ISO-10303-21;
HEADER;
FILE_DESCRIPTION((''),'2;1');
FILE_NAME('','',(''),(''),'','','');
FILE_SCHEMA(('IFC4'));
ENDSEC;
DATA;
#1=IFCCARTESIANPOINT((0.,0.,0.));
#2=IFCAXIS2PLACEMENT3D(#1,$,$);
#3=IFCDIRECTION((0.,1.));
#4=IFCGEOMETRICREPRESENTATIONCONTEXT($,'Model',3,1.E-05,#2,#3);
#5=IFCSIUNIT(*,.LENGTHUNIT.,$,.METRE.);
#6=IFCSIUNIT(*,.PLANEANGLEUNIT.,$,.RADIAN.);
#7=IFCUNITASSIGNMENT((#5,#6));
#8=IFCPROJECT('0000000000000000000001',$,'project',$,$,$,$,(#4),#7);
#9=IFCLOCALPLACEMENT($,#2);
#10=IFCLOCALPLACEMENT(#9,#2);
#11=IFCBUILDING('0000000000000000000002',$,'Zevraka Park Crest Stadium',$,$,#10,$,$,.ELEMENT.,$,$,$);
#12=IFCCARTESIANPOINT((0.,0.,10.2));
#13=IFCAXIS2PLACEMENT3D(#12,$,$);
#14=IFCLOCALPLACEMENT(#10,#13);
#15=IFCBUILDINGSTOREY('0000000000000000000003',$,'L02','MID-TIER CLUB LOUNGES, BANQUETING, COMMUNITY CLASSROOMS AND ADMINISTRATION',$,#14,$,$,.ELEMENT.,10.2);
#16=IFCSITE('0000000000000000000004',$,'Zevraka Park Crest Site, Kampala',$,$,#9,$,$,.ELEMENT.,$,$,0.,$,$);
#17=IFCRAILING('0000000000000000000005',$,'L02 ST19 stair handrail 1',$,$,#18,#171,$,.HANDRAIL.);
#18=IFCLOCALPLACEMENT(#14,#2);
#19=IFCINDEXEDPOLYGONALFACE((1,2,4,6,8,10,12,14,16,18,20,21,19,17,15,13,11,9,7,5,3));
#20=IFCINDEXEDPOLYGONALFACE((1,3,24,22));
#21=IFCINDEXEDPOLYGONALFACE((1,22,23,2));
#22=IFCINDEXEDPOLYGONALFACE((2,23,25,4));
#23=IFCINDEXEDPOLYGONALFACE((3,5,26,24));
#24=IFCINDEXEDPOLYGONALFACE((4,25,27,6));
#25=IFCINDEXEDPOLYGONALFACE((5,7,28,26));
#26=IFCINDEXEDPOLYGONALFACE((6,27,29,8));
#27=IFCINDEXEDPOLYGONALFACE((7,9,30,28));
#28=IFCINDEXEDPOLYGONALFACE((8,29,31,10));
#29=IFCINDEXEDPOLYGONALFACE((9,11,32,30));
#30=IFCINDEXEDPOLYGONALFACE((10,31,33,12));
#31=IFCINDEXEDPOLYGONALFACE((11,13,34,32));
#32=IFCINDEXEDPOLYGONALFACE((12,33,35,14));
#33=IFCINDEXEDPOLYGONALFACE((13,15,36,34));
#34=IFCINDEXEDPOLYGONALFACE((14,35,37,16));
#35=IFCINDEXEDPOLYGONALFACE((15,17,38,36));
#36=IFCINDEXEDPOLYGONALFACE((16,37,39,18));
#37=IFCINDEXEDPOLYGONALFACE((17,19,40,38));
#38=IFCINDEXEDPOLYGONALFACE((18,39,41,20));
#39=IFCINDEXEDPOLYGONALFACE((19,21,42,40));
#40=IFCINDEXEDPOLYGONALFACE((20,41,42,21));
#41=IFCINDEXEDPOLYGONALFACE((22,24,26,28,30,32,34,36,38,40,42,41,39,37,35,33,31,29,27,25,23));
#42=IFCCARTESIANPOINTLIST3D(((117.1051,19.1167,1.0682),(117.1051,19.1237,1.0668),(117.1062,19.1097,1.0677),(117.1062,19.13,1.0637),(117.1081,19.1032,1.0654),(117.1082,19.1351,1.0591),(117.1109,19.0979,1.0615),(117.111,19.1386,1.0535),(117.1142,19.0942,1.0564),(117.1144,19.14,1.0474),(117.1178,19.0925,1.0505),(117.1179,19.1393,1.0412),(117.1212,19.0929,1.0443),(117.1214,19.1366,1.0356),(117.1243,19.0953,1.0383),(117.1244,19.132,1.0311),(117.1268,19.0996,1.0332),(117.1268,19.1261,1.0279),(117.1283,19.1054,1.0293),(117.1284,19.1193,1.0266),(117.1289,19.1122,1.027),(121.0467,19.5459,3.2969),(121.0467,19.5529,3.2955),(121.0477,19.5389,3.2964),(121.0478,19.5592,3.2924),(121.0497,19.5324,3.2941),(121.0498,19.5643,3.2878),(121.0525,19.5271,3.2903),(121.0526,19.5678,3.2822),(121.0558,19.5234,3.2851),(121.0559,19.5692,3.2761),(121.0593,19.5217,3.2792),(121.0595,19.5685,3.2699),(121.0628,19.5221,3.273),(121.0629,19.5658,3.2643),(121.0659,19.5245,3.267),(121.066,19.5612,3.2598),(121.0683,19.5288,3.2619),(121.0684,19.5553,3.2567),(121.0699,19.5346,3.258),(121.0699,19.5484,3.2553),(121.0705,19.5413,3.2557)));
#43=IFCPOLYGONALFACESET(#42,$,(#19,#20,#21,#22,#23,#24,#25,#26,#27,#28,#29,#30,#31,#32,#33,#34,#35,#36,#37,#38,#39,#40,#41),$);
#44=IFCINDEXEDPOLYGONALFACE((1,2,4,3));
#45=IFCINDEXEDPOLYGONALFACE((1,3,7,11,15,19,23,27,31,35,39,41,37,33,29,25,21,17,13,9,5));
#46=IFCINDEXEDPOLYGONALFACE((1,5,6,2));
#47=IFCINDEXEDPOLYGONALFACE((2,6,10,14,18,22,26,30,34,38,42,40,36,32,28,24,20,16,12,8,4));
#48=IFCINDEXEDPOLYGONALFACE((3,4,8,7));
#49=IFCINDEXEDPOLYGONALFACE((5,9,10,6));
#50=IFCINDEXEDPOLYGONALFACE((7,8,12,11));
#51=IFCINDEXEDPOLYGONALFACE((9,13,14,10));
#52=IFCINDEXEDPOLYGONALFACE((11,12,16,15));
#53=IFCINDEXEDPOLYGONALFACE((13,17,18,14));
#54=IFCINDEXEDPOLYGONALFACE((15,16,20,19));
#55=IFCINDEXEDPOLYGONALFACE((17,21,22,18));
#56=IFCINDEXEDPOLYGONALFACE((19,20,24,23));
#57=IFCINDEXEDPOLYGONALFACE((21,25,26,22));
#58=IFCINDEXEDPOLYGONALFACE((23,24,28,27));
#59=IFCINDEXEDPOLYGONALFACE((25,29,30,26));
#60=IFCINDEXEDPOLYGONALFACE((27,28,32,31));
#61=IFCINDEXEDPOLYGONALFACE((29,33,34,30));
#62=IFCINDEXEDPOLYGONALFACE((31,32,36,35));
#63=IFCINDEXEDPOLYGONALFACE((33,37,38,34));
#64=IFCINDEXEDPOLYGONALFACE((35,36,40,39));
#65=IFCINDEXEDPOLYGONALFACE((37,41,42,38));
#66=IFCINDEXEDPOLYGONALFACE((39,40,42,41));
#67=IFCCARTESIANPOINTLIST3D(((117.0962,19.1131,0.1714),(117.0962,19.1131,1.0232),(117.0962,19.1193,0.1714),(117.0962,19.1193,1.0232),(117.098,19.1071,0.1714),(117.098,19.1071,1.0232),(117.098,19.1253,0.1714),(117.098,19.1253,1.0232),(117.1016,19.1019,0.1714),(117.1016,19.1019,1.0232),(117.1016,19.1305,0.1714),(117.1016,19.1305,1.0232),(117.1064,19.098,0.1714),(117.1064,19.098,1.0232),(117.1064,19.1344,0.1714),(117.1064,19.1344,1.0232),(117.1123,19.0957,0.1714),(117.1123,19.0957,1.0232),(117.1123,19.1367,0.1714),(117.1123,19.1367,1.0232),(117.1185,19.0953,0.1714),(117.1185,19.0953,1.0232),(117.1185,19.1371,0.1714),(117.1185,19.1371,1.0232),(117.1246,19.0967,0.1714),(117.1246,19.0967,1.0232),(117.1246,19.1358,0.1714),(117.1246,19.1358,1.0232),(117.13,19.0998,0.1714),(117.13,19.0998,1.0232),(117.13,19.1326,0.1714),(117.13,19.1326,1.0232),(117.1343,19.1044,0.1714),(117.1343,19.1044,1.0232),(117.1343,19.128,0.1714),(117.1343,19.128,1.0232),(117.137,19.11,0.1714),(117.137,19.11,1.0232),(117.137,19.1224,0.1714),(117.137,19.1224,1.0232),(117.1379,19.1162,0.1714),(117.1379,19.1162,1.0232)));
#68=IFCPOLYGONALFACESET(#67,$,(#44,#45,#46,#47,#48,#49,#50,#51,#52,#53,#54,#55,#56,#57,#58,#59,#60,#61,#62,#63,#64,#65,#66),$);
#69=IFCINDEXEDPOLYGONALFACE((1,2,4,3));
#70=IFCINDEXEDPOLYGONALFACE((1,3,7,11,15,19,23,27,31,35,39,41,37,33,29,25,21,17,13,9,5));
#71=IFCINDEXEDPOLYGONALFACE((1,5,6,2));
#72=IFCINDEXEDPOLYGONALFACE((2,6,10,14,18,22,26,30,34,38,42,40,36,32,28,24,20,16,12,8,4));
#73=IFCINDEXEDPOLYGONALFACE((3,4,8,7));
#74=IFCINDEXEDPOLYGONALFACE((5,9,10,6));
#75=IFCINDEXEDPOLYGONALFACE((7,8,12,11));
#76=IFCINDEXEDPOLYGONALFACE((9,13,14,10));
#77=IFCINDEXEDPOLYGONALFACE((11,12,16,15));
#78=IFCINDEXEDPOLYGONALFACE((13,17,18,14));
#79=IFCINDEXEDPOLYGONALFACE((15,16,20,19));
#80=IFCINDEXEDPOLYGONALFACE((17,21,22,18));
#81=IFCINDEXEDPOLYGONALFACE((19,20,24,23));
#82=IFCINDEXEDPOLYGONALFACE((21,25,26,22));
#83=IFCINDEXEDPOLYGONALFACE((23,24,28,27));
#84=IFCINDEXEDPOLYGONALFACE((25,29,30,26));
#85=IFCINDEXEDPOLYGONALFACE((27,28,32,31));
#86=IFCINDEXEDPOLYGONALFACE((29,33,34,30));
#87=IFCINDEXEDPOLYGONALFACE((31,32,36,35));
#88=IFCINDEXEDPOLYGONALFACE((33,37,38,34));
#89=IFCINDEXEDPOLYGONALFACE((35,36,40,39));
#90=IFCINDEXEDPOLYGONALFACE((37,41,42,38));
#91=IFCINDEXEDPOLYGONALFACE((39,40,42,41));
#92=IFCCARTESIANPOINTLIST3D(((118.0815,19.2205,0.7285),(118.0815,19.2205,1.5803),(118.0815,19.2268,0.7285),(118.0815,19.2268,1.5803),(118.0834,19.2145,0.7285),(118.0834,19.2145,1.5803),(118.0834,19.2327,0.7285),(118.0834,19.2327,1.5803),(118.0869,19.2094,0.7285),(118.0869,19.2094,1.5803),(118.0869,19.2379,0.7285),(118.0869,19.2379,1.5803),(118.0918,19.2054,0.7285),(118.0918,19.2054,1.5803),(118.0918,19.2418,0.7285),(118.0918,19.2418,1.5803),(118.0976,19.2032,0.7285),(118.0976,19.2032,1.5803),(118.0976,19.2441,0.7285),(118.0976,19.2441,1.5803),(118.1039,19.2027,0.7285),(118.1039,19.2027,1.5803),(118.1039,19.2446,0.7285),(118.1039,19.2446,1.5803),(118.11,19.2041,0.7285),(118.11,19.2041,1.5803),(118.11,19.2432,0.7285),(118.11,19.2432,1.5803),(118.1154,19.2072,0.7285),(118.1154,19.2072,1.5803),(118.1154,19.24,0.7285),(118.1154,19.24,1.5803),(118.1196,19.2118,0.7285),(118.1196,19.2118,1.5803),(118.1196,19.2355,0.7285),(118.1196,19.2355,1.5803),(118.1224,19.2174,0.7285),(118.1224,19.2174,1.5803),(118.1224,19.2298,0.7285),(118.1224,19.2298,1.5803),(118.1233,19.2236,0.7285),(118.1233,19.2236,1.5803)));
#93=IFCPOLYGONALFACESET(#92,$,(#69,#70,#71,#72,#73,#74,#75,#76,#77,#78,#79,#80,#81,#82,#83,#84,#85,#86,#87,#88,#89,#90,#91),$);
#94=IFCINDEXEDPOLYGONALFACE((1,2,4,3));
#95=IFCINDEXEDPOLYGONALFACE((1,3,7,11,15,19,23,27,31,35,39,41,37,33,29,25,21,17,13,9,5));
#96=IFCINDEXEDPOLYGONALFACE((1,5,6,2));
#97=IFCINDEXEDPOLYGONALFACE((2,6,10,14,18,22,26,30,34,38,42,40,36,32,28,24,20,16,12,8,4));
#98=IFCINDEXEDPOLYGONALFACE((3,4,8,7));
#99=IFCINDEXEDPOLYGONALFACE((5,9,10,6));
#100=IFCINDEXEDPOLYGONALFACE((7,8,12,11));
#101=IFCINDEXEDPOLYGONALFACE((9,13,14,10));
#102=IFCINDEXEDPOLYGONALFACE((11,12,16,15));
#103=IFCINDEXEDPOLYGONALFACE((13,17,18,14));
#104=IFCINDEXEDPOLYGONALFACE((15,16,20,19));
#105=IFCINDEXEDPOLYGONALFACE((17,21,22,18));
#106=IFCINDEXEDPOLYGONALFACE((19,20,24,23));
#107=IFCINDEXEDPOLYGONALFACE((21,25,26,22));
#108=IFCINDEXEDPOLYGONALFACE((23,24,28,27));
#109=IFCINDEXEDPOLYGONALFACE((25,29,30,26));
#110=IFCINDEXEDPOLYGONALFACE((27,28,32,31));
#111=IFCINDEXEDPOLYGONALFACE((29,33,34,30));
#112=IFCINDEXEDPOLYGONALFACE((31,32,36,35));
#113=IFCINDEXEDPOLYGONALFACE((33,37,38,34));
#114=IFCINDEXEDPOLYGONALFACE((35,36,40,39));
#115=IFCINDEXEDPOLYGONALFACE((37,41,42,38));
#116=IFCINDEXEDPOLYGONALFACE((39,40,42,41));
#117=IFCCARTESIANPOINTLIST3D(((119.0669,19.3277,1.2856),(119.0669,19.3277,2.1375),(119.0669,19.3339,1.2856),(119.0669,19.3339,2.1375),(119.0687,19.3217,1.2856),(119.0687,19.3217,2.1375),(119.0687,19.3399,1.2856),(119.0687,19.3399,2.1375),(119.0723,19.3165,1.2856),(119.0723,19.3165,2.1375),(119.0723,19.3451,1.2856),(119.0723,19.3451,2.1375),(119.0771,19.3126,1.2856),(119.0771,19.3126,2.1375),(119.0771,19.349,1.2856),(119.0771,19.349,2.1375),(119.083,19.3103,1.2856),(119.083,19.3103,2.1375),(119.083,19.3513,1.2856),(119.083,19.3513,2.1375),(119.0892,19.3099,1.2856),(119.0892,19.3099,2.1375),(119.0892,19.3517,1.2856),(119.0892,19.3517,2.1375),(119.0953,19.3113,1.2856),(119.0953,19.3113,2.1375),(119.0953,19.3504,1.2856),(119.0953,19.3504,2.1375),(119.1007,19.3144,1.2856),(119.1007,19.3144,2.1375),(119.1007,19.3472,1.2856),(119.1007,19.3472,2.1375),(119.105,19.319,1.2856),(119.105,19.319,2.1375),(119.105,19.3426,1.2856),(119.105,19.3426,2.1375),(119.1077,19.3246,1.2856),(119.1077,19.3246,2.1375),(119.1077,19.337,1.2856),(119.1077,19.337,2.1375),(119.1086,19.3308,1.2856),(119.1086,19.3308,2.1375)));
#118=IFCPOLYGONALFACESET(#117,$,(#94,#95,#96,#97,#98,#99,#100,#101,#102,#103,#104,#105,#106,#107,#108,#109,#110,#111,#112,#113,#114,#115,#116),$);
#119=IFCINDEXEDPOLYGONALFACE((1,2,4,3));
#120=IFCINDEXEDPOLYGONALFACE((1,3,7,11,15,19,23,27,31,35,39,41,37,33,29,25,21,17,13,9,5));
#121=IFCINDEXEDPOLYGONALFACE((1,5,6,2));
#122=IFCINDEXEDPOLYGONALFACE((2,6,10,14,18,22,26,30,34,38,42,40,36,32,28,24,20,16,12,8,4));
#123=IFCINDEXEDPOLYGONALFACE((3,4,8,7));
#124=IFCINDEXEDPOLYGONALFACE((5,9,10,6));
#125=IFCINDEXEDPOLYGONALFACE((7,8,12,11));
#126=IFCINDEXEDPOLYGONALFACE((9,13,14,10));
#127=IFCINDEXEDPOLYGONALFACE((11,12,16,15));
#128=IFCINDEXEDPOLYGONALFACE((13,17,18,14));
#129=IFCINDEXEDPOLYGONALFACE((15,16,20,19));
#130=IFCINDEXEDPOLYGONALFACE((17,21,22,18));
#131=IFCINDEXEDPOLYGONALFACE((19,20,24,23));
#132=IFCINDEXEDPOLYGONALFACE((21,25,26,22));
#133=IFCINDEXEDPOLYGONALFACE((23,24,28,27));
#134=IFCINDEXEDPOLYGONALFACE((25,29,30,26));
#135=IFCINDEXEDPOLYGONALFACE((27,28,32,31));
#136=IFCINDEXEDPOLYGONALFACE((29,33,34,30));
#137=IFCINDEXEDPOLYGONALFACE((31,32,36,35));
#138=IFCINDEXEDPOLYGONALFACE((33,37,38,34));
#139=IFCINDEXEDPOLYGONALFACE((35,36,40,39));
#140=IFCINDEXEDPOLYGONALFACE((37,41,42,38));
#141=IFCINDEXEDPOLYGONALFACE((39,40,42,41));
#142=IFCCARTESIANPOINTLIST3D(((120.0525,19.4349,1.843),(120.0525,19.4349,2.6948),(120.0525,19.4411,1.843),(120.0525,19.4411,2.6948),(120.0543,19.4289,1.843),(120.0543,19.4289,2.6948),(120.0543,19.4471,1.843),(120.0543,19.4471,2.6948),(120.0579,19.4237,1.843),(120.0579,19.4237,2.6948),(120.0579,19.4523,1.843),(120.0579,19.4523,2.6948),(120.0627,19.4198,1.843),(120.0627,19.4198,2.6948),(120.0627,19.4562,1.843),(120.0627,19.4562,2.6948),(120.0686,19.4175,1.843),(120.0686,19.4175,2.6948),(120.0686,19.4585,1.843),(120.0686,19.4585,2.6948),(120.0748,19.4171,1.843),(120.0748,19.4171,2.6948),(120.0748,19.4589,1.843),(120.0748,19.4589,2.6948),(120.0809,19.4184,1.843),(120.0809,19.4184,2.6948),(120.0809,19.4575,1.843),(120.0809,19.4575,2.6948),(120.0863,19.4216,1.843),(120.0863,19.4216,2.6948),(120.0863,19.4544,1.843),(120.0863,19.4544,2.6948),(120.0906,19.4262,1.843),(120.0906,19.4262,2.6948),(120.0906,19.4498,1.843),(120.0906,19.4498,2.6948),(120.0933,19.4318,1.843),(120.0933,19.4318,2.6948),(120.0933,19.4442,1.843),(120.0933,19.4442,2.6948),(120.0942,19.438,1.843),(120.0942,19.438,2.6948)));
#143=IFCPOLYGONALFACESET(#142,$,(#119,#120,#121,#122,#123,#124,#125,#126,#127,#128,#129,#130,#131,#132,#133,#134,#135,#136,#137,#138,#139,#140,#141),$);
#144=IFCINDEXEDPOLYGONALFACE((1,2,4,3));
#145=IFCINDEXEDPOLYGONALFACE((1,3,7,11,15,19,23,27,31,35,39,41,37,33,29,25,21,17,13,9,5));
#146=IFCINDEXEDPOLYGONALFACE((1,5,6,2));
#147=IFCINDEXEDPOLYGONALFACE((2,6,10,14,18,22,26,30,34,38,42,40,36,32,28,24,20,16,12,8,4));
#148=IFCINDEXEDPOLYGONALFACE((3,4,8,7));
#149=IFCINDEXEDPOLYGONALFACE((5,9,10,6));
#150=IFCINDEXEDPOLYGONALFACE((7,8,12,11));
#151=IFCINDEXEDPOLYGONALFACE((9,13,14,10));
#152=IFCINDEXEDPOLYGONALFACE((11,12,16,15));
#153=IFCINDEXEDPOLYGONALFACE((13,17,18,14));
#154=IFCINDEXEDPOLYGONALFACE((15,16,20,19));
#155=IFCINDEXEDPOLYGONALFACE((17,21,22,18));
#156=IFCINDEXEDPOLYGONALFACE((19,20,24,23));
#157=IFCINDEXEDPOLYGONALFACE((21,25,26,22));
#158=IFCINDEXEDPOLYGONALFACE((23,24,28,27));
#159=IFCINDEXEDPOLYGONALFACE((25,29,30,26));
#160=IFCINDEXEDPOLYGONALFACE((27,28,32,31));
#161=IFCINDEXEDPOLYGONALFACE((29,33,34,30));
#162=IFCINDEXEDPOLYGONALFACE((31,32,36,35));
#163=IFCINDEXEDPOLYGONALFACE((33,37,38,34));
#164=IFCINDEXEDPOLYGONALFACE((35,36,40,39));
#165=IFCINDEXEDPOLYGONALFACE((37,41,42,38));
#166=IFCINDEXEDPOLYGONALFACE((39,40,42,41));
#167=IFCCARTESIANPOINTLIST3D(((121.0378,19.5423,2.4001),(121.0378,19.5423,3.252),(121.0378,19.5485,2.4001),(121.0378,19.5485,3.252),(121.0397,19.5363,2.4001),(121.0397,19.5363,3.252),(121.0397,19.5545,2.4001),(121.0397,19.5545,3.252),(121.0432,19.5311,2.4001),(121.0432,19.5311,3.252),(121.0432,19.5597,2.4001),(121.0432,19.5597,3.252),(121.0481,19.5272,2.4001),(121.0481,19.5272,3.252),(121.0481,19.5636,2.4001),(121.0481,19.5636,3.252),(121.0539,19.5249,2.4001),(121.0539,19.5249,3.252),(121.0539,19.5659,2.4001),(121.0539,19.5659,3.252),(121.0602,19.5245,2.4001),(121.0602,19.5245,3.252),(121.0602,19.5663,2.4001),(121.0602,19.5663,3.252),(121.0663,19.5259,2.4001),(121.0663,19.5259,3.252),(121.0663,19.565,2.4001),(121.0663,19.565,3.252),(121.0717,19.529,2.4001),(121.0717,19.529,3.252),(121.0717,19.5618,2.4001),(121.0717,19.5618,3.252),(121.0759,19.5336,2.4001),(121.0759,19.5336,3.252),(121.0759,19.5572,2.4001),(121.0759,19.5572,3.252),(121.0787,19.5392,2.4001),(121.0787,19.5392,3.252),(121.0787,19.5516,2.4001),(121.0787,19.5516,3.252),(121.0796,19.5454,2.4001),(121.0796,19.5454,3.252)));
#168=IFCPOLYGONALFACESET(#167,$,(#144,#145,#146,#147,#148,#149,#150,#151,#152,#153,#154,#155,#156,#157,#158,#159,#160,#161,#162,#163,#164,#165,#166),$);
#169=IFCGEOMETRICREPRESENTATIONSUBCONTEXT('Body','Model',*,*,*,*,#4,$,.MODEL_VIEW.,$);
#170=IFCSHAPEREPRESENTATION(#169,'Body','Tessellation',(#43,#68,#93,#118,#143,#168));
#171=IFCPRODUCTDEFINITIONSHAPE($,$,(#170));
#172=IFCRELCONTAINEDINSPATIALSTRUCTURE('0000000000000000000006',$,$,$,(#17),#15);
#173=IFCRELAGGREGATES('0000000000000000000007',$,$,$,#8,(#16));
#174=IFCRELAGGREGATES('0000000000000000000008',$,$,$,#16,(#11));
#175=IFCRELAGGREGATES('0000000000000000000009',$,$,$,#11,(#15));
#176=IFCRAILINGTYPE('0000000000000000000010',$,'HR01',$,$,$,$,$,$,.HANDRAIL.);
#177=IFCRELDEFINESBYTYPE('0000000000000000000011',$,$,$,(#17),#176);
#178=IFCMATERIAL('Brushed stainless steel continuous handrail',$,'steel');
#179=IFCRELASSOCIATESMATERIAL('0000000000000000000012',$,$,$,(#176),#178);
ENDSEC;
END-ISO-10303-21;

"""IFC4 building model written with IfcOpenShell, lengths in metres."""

from ifc_helpers import new_model, si_unit, direction, frame, origin, origin_2d, place, context, subcontext, project, spatial, circle, extrude, material, type_object, element, save


model = new_model("IFC4")

# Units and contexts
model_context = context("Model", 3, precision=1e-05, world=origin(), true_north=direction((0.0, 1.0)))
body_context = subcontext(model_context, "Body", "Model", "MODEL_VIEW")
ifc_project = project(units=[si_unit("LENGTHUNIT", "METRE"), si_unit("PLANEANGLEUNIT", "RADIAN")], contexts=[model_context])

# Site, building, storey
site_placement = place(None, origin())
site = spatial("IfcSite", under=ifc_project, at=site_placement, Name="Zevraka Park Crest Site, Kampala", CompositionType="ELEMENT", RefElevation=0.0)
building_placement = place(site_placement, origin())
building = spatial("IfcBuilding", under=site, at=building_placement, Name="Zevraka Park Crest Stadium", CompositionType="ELEMENT")
storey_placement = place(building_placement, frame((0.0, 0.0, 10.2)))
storey = spatial("IfcBuildingStorey", under=building, at=storey_placement, Name="L02", Description="MID-TIER CLUB LOUNGES, BANQUETING, COMMUNITY CLASSROOMS AND ADMINISTRATION", CompositionType="ELEMENT", Elevation=10.2)

# Railing
ifc_material_1 = material(Name="Brushed stainless steel continuous handrail", Category="steel")
railing_type = type_object("IfcRailingType", Name="HR01", PredefinedType="HANDRAIL", material=ifc_material_1)
railing_1_placement = place(storey_placement, frame((117.1169, 19.1162, 0.1714)))
element("IfcRailing", 1, at=railing_1_placement, inside=storey, type_object=railing_type, Name="L02 ST19 stair handrail 1", PredefinedType="HANDRAIL", context=body_context, shape_type="SweptSolid", body=[
    extrude(circle(Radius=0.0239, at=origin_2d()), frame((0.0, 0.0, 0.876), z_axis=(0.866596, 0.094362, 0.490007), x_axis=(-0.108248, 0.994124, 0.0)), (0.0, 0.0, 1.0), 4.5483),
    extrude(circle(Radius=0.021, at=origin_2d()), origin(), (0.0, 0.0, 1.0), 0.8518),
    extrude(circle(Radius=0.021, at=origin_2d()), frame((0.9854, 0.1074, 0.5571)), (0.0, 0.0, 1.0), 0.8518),
    extrude(circle(Radius=0.021, at=origin_2d()), frame((1.9707, 0.2146, 1.1143)), (0.0, 0.0, 1.0), 0.8518),
    extrude(circle(Radius=0.021, at=origin_2d()), frame((2.9563, 0.3218, 1.6716)), (0.0, 0.0, 1.0), 0.8518),
    extrude(circle(Radius=0.021, at=origin_2d()), frame((3.9417, 0.4292, 2.2288)), (0.0, 0.0, 1.0), 0.8518),
])

save(model, "model.ifc")
